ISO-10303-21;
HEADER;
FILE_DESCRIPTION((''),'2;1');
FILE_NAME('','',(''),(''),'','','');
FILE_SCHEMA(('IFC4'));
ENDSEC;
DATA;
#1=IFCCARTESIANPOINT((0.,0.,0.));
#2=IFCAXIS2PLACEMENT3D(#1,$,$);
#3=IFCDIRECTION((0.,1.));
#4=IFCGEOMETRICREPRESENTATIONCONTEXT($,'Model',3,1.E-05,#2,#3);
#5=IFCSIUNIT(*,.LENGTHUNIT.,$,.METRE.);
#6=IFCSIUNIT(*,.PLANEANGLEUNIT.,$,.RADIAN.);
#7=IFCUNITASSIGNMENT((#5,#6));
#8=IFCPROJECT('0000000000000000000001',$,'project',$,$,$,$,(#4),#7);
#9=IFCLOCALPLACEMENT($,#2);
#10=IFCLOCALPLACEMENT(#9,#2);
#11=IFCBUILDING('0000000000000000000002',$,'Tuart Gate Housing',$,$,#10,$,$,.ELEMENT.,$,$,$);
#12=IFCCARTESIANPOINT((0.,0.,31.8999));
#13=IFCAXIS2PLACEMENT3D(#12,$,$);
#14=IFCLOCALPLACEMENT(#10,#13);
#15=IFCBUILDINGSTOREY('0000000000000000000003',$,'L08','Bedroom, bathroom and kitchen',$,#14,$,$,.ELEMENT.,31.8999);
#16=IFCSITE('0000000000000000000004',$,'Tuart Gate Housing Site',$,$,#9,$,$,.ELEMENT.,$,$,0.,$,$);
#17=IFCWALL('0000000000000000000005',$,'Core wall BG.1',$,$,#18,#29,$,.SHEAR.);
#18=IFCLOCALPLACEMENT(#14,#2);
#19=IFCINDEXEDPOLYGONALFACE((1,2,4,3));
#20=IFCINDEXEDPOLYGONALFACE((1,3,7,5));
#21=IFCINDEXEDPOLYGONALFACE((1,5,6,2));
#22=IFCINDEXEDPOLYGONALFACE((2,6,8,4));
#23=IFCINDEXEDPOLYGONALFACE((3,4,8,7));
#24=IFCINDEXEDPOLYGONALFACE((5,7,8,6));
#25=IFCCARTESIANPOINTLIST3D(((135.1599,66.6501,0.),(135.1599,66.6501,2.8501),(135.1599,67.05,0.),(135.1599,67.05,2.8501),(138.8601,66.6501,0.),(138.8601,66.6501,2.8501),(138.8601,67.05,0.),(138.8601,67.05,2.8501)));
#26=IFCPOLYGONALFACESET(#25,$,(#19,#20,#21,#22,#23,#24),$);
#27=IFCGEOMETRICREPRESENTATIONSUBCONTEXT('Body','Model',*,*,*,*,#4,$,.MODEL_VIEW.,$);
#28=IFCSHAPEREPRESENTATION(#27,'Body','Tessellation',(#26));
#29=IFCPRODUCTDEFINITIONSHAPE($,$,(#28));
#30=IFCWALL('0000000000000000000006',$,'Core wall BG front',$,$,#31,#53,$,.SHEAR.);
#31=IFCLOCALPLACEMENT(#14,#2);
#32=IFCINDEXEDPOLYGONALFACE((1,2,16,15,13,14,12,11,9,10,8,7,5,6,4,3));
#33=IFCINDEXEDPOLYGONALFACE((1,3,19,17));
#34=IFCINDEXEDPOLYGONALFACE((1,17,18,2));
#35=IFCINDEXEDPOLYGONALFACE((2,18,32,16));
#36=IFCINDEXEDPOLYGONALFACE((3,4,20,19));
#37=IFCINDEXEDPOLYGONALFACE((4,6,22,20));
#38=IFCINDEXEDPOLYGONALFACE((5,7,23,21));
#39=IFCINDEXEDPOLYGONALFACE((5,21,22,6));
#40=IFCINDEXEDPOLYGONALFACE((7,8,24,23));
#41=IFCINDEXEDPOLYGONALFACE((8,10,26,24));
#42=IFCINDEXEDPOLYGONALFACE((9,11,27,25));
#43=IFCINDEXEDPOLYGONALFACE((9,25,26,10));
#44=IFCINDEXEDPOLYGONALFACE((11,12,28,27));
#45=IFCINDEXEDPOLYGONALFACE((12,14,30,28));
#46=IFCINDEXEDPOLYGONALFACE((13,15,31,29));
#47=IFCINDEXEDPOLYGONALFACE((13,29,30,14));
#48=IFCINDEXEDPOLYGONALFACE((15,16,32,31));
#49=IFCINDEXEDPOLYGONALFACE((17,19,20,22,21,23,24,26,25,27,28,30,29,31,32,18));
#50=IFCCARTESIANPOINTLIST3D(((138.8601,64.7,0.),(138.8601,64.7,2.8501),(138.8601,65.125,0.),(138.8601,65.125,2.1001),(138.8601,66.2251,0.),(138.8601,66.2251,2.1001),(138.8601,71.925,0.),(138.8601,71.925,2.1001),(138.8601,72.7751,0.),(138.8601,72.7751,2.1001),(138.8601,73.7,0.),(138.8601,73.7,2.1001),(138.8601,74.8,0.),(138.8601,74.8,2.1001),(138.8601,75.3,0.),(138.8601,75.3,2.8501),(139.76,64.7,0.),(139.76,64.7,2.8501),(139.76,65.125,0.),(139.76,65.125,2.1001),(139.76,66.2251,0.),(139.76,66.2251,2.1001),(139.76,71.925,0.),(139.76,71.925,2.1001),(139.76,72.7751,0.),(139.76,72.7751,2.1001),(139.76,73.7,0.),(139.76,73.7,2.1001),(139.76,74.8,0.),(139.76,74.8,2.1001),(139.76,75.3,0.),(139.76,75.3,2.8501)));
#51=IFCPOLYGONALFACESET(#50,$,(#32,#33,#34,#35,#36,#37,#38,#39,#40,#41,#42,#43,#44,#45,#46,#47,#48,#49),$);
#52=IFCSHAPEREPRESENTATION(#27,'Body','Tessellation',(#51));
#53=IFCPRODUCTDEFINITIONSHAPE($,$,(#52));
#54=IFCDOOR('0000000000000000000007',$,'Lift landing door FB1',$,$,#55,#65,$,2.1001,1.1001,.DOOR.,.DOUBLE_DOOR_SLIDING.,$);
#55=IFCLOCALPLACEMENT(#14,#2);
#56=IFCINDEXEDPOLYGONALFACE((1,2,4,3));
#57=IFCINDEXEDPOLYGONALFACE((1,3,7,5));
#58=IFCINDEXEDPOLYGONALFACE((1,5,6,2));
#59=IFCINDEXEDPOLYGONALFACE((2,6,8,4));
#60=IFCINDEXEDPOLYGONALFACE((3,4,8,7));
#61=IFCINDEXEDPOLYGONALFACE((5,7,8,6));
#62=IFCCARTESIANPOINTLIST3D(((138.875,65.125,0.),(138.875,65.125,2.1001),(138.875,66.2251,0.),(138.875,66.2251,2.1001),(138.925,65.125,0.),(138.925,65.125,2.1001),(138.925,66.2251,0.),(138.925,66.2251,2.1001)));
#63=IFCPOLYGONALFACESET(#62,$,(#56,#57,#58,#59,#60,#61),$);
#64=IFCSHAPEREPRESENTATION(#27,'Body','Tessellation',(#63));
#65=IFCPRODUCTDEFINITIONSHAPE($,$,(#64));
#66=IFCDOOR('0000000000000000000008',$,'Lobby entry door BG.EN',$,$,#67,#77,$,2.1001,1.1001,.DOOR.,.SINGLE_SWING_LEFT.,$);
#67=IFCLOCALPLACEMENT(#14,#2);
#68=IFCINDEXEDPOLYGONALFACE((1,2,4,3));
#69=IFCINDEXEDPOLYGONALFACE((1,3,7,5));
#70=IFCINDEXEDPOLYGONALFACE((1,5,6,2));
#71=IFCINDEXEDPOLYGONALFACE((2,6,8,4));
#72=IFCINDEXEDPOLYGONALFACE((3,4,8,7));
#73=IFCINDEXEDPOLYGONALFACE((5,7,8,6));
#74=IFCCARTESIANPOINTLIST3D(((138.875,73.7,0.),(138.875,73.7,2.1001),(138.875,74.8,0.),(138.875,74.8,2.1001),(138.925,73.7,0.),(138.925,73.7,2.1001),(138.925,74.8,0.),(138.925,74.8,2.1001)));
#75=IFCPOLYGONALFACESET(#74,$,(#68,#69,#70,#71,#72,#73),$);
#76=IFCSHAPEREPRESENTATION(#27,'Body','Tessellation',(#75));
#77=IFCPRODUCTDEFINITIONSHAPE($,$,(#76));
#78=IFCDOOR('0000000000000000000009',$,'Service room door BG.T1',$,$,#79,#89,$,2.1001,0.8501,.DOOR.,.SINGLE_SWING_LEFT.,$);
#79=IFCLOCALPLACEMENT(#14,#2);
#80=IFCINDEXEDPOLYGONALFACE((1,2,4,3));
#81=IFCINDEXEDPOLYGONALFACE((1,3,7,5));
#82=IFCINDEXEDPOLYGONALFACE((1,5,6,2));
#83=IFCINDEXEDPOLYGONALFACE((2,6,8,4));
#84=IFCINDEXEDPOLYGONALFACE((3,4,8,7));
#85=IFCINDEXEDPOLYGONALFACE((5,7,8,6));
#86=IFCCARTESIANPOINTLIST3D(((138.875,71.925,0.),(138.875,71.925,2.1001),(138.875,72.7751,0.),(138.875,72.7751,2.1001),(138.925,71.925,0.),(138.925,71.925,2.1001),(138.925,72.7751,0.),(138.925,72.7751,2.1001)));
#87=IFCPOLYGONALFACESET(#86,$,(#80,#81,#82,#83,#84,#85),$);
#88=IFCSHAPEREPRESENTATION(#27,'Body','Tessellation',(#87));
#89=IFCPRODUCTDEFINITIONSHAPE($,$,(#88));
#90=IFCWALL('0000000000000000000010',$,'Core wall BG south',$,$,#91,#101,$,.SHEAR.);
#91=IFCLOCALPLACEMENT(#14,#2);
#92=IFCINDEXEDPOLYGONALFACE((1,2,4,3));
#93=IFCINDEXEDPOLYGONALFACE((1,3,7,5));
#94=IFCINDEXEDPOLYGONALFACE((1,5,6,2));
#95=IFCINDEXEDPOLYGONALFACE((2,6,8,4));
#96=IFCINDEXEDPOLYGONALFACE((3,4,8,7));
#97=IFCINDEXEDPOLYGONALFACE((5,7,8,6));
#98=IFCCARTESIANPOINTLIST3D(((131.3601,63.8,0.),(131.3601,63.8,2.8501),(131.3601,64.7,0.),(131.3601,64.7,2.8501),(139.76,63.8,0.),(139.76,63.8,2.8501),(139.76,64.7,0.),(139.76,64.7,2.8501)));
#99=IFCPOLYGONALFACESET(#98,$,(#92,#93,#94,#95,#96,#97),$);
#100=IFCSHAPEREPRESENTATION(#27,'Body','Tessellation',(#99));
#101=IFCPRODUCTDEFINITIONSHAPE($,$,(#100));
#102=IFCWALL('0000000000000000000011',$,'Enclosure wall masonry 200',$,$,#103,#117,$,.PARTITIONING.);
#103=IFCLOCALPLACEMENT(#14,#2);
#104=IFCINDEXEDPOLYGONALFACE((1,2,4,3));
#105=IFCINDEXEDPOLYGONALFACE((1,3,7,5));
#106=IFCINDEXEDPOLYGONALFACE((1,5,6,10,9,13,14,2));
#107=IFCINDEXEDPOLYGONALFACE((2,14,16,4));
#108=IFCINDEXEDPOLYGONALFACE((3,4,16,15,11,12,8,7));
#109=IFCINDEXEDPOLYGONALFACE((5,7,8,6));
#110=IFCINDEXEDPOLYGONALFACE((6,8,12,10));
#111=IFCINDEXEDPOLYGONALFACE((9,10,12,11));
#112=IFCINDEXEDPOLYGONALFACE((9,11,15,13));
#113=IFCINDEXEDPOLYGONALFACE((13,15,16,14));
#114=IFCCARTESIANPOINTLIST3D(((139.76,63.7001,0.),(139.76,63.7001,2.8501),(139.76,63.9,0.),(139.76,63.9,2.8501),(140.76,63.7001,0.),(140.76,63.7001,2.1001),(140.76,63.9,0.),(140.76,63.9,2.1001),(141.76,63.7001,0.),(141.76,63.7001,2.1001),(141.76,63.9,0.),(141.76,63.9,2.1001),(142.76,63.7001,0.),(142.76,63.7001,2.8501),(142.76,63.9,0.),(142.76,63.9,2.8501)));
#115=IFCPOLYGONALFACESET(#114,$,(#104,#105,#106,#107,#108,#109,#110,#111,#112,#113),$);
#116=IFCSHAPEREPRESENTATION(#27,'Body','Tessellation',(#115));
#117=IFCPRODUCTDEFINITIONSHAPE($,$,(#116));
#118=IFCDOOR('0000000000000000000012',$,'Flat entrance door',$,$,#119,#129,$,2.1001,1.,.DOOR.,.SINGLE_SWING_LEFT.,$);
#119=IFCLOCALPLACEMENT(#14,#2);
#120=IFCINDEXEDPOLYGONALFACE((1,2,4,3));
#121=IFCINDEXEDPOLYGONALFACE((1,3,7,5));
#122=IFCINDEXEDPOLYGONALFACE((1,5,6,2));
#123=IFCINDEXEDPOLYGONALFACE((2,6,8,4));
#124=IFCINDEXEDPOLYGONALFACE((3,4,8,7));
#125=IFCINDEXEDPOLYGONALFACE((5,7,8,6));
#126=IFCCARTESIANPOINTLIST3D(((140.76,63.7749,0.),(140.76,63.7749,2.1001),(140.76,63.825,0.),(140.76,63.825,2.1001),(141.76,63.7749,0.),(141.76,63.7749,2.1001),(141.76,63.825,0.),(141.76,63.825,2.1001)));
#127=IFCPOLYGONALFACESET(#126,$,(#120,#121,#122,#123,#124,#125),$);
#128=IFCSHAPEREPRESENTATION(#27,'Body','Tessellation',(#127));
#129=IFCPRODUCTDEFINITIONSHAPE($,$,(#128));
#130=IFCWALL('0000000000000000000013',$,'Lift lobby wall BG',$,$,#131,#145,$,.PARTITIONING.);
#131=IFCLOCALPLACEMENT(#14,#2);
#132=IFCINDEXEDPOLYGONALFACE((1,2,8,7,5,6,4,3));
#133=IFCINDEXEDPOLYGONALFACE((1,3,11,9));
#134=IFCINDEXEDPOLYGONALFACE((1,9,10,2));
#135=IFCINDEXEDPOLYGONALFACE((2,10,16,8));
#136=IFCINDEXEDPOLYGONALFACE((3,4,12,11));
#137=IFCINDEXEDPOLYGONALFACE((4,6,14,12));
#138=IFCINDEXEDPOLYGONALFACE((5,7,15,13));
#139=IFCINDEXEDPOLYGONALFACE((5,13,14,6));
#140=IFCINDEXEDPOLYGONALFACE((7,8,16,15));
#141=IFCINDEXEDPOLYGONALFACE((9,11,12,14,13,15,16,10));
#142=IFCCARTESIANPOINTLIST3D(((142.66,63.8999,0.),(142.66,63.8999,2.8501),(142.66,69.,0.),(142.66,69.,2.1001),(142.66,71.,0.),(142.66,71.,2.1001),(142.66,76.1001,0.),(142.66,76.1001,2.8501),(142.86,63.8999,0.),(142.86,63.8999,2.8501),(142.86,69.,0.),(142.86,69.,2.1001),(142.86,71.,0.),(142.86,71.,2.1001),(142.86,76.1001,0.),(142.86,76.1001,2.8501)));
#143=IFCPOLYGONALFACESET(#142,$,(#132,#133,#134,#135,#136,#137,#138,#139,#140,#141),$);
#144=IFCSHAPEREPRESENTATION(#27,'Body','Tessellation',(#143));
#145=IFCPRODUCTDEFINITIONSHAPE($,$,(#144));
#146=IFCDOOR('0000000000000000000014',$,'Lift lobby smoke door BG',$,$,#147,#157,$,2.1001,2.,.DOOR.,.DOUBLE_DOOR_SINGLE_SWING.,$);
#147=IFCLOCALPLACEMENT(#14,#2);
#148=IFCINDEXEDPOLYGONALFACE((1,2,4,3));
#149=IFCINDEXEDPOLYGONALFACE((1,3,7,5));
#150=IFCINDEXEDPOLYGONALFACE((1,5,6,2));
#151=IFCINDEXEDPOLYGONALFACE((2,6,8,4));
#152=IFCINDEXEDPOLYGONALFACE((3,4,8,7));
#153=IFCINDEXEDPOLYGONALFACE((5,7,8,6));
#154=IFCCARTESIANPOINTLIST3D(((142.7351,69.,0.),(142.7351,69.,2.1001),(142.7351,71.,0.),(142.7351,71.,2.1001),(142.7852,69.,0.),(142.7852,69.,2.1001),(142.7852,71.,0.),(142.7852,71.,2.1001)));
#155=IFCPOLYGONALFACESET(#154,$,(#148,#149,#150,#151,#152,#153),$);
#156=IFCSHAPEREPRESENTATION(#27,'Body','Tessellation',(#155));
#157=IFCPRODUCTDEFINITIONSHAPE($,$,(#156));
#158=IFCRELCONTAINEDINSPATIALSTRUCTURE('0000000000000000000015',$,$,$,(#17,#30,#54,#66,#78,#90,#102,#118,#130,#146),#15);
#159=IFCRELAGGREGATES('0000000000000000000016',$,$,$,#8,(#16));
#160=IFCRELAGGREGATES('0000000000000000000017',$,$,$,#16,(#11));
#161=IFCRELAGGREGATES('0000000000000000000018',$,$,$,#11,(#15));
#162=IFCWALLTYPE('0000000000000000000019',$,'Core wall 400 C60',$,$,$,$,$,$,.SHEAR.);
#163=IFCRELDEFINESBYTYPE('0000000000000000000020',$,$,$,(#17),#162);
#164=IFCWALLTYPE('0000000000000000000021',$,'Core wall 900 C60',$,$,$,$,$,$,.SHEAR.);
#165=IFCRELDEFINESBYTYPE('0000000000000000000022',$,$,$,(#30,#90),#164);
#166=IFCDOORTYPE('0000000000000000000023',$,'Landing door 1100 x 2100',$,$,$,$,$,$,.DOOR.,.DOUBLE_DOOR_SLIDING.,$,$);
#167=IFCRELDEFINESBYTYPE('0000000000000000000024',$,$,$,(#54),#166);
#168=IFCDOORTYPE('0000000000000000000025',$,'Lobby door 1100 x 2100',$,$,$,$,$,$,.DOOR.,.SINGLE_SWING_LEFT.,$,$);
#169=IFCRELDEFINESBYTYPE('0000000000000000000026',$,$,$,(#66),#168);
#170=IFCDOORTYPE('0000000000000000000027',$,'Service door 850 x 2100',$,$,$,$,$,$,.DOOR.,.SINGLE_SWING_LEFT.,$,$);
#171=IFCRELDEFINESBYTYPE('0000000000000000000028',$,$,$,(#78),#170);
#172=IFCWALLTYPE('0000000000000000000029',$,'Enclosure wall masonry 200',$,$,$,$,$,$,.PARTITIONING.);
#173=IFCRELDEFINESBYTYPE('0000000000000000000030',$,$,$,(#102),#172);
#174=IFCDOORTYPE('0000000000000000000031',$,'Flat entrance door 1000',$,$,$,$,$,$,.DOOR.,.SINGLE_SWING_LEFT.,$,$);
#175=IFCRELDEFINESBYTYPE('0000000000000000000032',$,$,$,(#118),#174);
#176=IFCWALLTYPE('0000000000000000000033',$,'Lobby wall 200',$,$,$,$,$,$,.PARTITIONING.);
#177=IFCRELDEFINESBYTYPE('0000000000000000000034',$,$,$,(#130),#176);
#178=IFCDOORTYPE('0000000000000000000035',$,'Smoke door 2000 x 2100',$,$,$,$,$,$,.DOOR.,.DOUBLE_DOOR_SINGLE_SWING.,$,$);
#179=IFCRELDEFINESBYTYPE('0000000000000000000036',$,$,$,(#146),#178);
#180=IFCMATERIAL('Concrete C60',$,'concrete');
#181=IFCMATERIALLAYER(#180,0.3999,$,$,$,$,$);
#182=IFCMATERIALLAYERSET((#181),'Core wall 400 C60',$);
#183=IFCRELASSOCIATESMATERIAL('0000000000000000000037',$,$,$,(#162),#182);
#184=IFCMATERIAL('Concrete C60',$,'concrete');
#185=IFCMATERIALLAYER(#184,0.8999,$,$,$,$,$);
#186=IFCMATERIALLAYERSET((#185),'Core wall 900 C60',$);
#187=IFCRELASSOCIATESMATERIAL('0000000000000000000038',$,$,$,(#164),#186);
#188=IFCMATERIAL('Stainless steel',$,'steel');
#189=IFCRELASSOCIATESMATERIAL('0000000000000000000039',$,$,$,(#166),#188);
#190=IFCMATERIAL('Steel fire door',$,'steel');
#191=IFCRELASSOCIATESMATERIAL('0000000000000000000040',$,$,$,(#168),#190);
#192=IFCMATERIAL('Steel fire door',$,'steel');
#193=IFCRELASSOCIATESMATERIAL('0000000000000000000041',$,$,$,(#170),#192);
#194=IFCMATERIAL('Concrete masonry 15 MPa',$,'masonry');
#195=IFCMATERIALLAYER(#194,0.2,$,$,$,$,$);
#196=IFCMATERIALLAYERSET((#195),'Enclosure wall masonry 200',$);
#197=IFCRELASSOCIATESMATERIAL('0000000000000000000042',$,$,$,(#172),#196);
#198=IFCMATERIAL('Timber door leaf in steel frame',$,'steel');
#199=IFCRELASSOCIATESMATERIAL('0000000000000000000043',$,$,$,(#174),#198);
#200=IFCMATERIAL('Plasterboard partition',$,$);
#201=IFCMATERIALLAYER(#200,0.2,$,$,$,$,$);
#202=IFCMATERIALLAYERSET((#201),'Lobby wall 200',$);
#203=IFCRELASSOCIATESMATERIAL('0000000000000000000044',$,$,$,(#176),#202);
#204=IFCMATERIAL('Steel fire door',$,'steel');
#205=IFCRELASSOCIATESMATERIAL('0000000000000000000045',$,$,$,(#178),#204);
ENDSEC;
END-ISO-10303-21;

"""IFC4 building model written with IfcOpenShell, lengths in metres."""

from ifc_helpers import new_model, si_unit, direction, frame, frame_2d, origin, place, context, subcontext, project, spatial, rectangle, extrude, material, layer, layer_set, type_object, element, fill, save


model = new_model("IFC4")

# Units and contexts
model_context = context("Model", 3, precision=1e-05, world=origin(), true_north=direction((0.0, 1.0)))
body_context = subcontext(model_context, "Body", "Model", "MODEL_VIEW")
ifc_project = project(units=[si_unit("LENGTHUNIT", "METRE"), si_unit("PLANEANGLEUNIT", "RADIAN")], contexts=[model_context])

# Site, building, storey
site_placement = place(None, origin())
site = spatial("IfcSite", under=ifc_project, at=site_placement, Name="Tuart Gate Housing Site", CompositionType="ELEMENT", RefElevation=0.0)
building_placement = place(site_placement, origin())
building = spatial("IfcBuilding", under=site, at=building_placement, Name="Tuart Gate Housing", CompositionType="ELEMENT")
storey_placement = place(building_placement, frame((0.0, 0.0, 31.8999)))
storey = spatial("IfcBuildingStorey", under=building, at=storey_placement, Name="L08", Description="Bedroom, bathroom and kitchen", CompositionType="ELEMENT", Elevation=31.8999)

# Wall
ifc_material_1 = material(Name="Concrete C60", Category="concrete")
ifc_layer_1 = layer(ifc_material_1, 0.3999)
ifc_layer_set_1 = layer_set([ifc_layer_1], Name="Core wall 400 C60")
wall_type_1 = type_object("IfcWallType", Name="Core wall 400 C60", PredefinedType="SHEAR", material=ifc_layer_set_1)
wall_1_placement = place(storey_placement, frame((138.8601, 66.8501, 0.0), z_axis=(0.0, 0.0, 1.0), x_axis=(-1.0, 0.0, 0.0)))
element("IfcWall", 1, at=wall_1_placement, inside=storey, type_object=wall_type_1, Name="Core wall BG.1", PredefinedType="SHEAR", context=body_context, shape_type="SweptSolid", body=[
    extrude(rectangle(XDim=3.7002, YDim=0.3999, at=frame_2d((1.8501, 0.0))), origin(), (0.0, 0.0, 1.0), 2.8501),
])

# Wall, openings, doors
ifc_material_2 = material(Name="Concrete C60", Category="concrete")
ifc_layer_2 = layer(ifc_material_2, 0.8999)
ifc_layer_set_2 = layer_set([ifc_layer_2], Name="Core wall 900 C60")
wall_type_2 = type_object("IfcWallType", Name="Core wall 900 C60", PredefinedType="SHEAR", material=ifc_layer_set_2)
wall_2_placement = place(storey_placement, frame((139.3101, 64.7, 0.0), z_axis=(0.0, 0.0, 1.0), x_axis=(0.0, 1.0, 0.0)))
wall_2 = element("IfcWall", 2, at=wall_2_placement, inside=storey, type_object=wall_type_2, Name="Core wall BG front", PredefinedType="SHEAR", context=body_context, shape_type="SweptSolid", body=[
    extrude(rectangle(XDim=10.6001, YDim=0.8999, at=frame_2d((5.3, 0.0))), origin(), (0.0, 0.0, 1.0), 2.8501),
])
opening_1_placement = place(wall_2_placement, frame((0.425, 0.0, 0.0)))
opening_1 = element("IfcOpeningElement", 3, at=opening_1_placement, cuts=wall_2, PredefinedType="OPENING", context=body_context, shape_type="SweptSolid", body=[
    extrude(rectangle(XDim=1.1001, YDim=2.1001, at=frame_2d((0.55, 1.05))), frame((0.0, 0.46, 0.0), z_axis=(0.0, -1.0, 0.0), x_axis=(1.0, 0.0, 0.0)), (0.0, 0.0, 1.0), 0.9199),
])
opening_2_placement = place(wall_2_placement, frame((9.0, 0.0, 0.0)))
opening_2 = element("IfcOpeningElement", 4, at=opening_2_placement, cuts=wall_2, PredefinedType="OPENING", context=body_context, shape_type="SweptSolid", body=[
    extrude(rectangle(XDim=1.1001, YDim=2.1001, at=frame_2d((0.55, 1.05))), frame((0.0, 0.46, 0.0), z_axis=(0.0, -1.0, 0.0), x_axis=(1.0, 0.0, 0.0)), (0.0, 0.0, 1.0), 0.9199),
])
opening_3_placement = place(wall_2_placement, frame((7.2251, 0.0, 0.0)))
opening_3 = element("IfcOpeningElement", 5, at=opening_3_placement, cuts=wall_2, PredefinedType="OPENING", context=body_context, shape_type="SweptSolid", body=[
    extrude(rectangle(XDim=0.8501, YDim=2.1001, at=frame_2d((0.425, 1.05))), frame((0.0, 0.46, 0.0), z_axis=(0.0, -1.0, 0.0), x_axis=(1.0, 0.0, 0.0)), (0.0, 0.0, 1.0), 0.9199),
])
ifc_material_3 = material(Name="Stainless steel", Category="steel")
door_type_1 = type_object("IfcDoorType", Name="Landing door 1100 x 2100", OperationType="DOUBLE_DOOR_SLIDING", PredefinedType="DOOR", material=ifc_material_3)
door_1_placement = place(opening_1_placement, origin())
door_1 = element("IfcDoor", 6, at=door_1_placement, inside=storey, type_object=door_type_1, Name="Lift landing door FB1", OperationType="DOUBLE_DOOR_SLIDING", OverallHeight=2.1001, OverallWidth=1.1001, PredefinedType="DOOR", context=body_context, shape_type="SweptSolid", body=[
    extrude(rectangle(XDim=1.1001, YDim=2.1001, at=frame_2d((0.55, 1.05))), frame((0.0, 0.4351, 0.0), z_axis=(0.0, -1.0, 0.0), x_axis=(1.0, 0.0, 0.0)), (0.0, 0.0, 1.0), 0.05),
])
fill(opening_1, door_1)
ifc_material_4 = material(Name="Steel fire door", Category="steel")
door_type_2 = type_object("IfcDoorType", Name="Lobby door 1100 x 2100", OperationType="SINGLE_SWING_LEFT", PredefinedType="DOOR", material=ifc_material_4)
door_2_placement = place(opening_2_placement, origin())
door_2 = element("IfcDoor", 7, at=door_2_placement, inside=storey, type_object=door_type_2, Name="Lobby entry door BG.EN", OperationType="SINGLE_SWING_LEFT", OverallHeight=2.1001, OverallWidth=1.1001, PredefinedType="DOOR", context=body_context, shape_type="SweptSolid", body=[
    extrude(rectangle(XDim=1.1001, YDim=2.1001, at=frame_2d((0.55, 1.05))), frame((0.0, 0.4351, 0.0), z_axis=(0.0, -1.0, 0.0), x_axis=(1.0, 0.0, 0.0)), (0.0, 0.0, 1.0), 0.05),
])
fill(opening_2, door_2)
ifc_material_5 = material(Name="Steel fire door", Category="steel")
door_type_3 = type_object("IfcDoorType", Name="Service door 850 x 2100", OperationType="SINGLE_SWING_LEFT", PredefinedType="DOOR", material=ifc_material_5)
door_3_placement = place(opening_3_placement, origin())
door_3 = element("IfcDoor", 8, at=door_3_placement, inside=storey, type_object=door_type_3, Name="Service room door BG.T1", OperationType="SINGLE_SWING_LEFT", OverallHeight=2.1001, OverallWidth=0.8501, PredefinedType="DOOR", context=body_context, shape_type="SweptSolid", body=[
    extrude(rectangle(XDim=0.8501, YDim=2.1001, at=frame_2d((0.425, 1.05))), frame((0.0, 0.4351, 0.0), z_axis=(0.0, -1.0, 0.0), x_axis=(1.0, 0.0, 0.0)), (0.0, 0.0, 1.0), 0.05),
])
fill(opening_3, door_3)

# Wall
wall_3_placement = place(storey_placement, frame((139.76, 64.25, 0.0), z_axis=(0.0, 0.0, 1.0), x_axis=(-1.0, 0.0, 0.0)))
element("IfcWall", 9, at=wall_3_placement, inside=storey, type_object=wall_type_2, Name="Core wall BG south", PredefinedType="SHEAR", context=body_context, shape_type="SweptSolid", body=[
    extrude(rectangle(XDim=8.3999, YDim=0.8999, at=frame_2d((4.2, 0.0))), origin(), (0.0, 0.0, 1.0), 2.8501),
])

# Walls, openings, doors
ifc_material_6 = material(Name="Concrete masonry 15 MPa", Category="masonry")
ifc_layer_3 = layer(ifc_material_6, 0.2)
ifc_layer_set_3 = layer_set([ifc_layer_3], Name="Enclosure wall masonry 200")
wall_type_3 = type_object("IfcWallType", Name="Enclosure wall masonry 200", PredefinedType="PARTITIONING", material=ifc_layer_set_3)
wall_4_placement = place(storey_placement, frame((139.76, 63.8, 0.0), z_axis=(0.0, 0.0, 1.0), x_axis=(1.0, 0.0, 0.0)))
wall_4 = element("IfcWall", 10, at=wall_4_placement, inside=storey, type_object=wall_type_3, Name="Enclosure wall masonry 200", PredefinedType="PARTITIONING", context=body_context, shape_type="SweptSolid", body=[
    extrude(rectangle(XDim=3.0, YDim=0.2, at=frame_2d((1.5, 0.0))), origin(), (0.0, 0.0, 1.0), 2.8501),
])
opening_4_placement = place(wall_4_placement, frame((1.0, 0.0, 0.0)))
opening_4 = element("IfcOpeningElement", 11, at=opening_4_placement, cuts=wall_4, PredefinedType="OPENING", context=body_context, shape_type="SweptSolid", body=[
    extrude(rectangle(XDim=1.0, YDim=2.1001, at=frame_2d((0.5, 1.05))), frame((0.0, 0.1099, 0.0), z_axis=(0.0, -1.0, 0.0), x_axis=(1.0, 0.0, 0.0)), (0.0, 0.0, 1.0), 0.22),
])
ifc_material_7 = material(Name="Timber door leaf in steel frame", Category="steel")
door_type_4 = type_object("IfcDoorType", Name="Flat entrance door 1000", OperationType="SINGLE_SWING_LEFT", PredefinedType="DOOR", material=ifc_material_7)
door_4_placement = place(opening_4_placement, frame((1.0, 0.0, 0.0), z_axis=(0.0, 0.0, 1.0), x_axis=(-1.0, 0.0, 0.0)))
door_4 = element("IfcDoor", 12, at=door_4_placement, inside=storey, type_object=door_type_4, Name="Flat entrance door", OperationType="SINGLE_SWING_LEFT", OverallHeight=2.1001, OverallWidth=1.0, PredefinedType="DOOR", context=body_context, shape_type="SweptSolid", body=[
    extrude(rectangle(XDim=1.0, YDim=2.1001, at=frame_2d((0.5, 1.05))), frame((0.0, 0.0251, 0.0), z_axis=(0.0, -1.0, 0.0), x_axis=(1.0, 0.0, 0.0)), (0.0, 0.0, 1.0), 0.05),
])
fill(opening_4, door_4)
ifc_material_8 = material(Name="Plasterboard partition")
ifc_layer_4 = layer(ifc_material_8, 0.2)
ifc_layer_set_4 = layer_set([ifc_layer_4], Name="Lobby wall 200")
wall_type_4 = type_object("IfcWallType", Name="Lobby wall 200", PredefinedType="PARTITIONING", material=ifc_layer_set_4)
wall_5_placement = place(storey_placement, frame((142.76, 63.8999, 0.0), z_axis=(0.0, 0.0, 1.0), x_axis=(0.0, 1.0, 0.0)))
wall_5 = element("IfcWall", 13, at=wall_5_placement, inside=storey, type_object=wall_type_4, Name="Lift lobby wall BG", PredefinedType="PARTITIONING", context=body_context, shape_type="SweptSolid", body=[
    extrude(rectangle(XDim=12.2002, YDim=0.2, at=frame_2d((6.1001, 0.0))), origin(), (0.0, 0.0, 1.0), 2.8501),
])
opening_5_placement = place(wall_5_placement, frame((5.1001, 0.0, 0.0)))
opening_5 = element("IfcOpeningElement", 14, at=opening_5_placement, cuts=wall_5, PredefinedType="OPENING", context=body_context, shape_type="SweptSolid", body=[
    extrude(rectangle(XDim=2.0, YDim=2.1001, at=frame_2d((1.0, 1.05))), frame((0.0, 0.1099, 0.0), z_axis=(0.0, -1.0, 0.0), x_axis=(1.0, 0.0, 0.0)), (0.0, 0.0, 1.0), 0.22),
])
ifc_material_9 = material(Name="Steel fire door", Category="steel")
door_type_5 = type_object("IfcDoorType", Name="Smoke door 2000 x 2100", OperationType="DOUBLE_DOOR_SINGLE_SWING", PredefinedType="DOOR", material=ifc_material_9)
door_5_placement = place(opening_5_placement, origin())
door_5 = element("IfcDoor", 15, at=door_5_placement, inside=storey, type_object=door_type_5, Name="Lift lobby smoke door BG", OperationType="DOUBLE_DOOR_SINGLE_SWING", OverallHeight=2.1001, OverallWidth=2.0, PredefinedType="DOOR", context=body_context, shape_type="SweptSolid", body=[
    extrude(rectangle(XDim=2.0, YDim=2.1001, at=frame_2d((1.0, 1.05))), frame((0.0, 0.0249, 0.0), z_axis=(0.0, -1.0, 0.0), x_axis=(1.0, 0.0, 0.0)), (0.0, 0.0, 1.0), 0.05),
])
fill(opening_5, door_5)

save(model, "model.ifc")
